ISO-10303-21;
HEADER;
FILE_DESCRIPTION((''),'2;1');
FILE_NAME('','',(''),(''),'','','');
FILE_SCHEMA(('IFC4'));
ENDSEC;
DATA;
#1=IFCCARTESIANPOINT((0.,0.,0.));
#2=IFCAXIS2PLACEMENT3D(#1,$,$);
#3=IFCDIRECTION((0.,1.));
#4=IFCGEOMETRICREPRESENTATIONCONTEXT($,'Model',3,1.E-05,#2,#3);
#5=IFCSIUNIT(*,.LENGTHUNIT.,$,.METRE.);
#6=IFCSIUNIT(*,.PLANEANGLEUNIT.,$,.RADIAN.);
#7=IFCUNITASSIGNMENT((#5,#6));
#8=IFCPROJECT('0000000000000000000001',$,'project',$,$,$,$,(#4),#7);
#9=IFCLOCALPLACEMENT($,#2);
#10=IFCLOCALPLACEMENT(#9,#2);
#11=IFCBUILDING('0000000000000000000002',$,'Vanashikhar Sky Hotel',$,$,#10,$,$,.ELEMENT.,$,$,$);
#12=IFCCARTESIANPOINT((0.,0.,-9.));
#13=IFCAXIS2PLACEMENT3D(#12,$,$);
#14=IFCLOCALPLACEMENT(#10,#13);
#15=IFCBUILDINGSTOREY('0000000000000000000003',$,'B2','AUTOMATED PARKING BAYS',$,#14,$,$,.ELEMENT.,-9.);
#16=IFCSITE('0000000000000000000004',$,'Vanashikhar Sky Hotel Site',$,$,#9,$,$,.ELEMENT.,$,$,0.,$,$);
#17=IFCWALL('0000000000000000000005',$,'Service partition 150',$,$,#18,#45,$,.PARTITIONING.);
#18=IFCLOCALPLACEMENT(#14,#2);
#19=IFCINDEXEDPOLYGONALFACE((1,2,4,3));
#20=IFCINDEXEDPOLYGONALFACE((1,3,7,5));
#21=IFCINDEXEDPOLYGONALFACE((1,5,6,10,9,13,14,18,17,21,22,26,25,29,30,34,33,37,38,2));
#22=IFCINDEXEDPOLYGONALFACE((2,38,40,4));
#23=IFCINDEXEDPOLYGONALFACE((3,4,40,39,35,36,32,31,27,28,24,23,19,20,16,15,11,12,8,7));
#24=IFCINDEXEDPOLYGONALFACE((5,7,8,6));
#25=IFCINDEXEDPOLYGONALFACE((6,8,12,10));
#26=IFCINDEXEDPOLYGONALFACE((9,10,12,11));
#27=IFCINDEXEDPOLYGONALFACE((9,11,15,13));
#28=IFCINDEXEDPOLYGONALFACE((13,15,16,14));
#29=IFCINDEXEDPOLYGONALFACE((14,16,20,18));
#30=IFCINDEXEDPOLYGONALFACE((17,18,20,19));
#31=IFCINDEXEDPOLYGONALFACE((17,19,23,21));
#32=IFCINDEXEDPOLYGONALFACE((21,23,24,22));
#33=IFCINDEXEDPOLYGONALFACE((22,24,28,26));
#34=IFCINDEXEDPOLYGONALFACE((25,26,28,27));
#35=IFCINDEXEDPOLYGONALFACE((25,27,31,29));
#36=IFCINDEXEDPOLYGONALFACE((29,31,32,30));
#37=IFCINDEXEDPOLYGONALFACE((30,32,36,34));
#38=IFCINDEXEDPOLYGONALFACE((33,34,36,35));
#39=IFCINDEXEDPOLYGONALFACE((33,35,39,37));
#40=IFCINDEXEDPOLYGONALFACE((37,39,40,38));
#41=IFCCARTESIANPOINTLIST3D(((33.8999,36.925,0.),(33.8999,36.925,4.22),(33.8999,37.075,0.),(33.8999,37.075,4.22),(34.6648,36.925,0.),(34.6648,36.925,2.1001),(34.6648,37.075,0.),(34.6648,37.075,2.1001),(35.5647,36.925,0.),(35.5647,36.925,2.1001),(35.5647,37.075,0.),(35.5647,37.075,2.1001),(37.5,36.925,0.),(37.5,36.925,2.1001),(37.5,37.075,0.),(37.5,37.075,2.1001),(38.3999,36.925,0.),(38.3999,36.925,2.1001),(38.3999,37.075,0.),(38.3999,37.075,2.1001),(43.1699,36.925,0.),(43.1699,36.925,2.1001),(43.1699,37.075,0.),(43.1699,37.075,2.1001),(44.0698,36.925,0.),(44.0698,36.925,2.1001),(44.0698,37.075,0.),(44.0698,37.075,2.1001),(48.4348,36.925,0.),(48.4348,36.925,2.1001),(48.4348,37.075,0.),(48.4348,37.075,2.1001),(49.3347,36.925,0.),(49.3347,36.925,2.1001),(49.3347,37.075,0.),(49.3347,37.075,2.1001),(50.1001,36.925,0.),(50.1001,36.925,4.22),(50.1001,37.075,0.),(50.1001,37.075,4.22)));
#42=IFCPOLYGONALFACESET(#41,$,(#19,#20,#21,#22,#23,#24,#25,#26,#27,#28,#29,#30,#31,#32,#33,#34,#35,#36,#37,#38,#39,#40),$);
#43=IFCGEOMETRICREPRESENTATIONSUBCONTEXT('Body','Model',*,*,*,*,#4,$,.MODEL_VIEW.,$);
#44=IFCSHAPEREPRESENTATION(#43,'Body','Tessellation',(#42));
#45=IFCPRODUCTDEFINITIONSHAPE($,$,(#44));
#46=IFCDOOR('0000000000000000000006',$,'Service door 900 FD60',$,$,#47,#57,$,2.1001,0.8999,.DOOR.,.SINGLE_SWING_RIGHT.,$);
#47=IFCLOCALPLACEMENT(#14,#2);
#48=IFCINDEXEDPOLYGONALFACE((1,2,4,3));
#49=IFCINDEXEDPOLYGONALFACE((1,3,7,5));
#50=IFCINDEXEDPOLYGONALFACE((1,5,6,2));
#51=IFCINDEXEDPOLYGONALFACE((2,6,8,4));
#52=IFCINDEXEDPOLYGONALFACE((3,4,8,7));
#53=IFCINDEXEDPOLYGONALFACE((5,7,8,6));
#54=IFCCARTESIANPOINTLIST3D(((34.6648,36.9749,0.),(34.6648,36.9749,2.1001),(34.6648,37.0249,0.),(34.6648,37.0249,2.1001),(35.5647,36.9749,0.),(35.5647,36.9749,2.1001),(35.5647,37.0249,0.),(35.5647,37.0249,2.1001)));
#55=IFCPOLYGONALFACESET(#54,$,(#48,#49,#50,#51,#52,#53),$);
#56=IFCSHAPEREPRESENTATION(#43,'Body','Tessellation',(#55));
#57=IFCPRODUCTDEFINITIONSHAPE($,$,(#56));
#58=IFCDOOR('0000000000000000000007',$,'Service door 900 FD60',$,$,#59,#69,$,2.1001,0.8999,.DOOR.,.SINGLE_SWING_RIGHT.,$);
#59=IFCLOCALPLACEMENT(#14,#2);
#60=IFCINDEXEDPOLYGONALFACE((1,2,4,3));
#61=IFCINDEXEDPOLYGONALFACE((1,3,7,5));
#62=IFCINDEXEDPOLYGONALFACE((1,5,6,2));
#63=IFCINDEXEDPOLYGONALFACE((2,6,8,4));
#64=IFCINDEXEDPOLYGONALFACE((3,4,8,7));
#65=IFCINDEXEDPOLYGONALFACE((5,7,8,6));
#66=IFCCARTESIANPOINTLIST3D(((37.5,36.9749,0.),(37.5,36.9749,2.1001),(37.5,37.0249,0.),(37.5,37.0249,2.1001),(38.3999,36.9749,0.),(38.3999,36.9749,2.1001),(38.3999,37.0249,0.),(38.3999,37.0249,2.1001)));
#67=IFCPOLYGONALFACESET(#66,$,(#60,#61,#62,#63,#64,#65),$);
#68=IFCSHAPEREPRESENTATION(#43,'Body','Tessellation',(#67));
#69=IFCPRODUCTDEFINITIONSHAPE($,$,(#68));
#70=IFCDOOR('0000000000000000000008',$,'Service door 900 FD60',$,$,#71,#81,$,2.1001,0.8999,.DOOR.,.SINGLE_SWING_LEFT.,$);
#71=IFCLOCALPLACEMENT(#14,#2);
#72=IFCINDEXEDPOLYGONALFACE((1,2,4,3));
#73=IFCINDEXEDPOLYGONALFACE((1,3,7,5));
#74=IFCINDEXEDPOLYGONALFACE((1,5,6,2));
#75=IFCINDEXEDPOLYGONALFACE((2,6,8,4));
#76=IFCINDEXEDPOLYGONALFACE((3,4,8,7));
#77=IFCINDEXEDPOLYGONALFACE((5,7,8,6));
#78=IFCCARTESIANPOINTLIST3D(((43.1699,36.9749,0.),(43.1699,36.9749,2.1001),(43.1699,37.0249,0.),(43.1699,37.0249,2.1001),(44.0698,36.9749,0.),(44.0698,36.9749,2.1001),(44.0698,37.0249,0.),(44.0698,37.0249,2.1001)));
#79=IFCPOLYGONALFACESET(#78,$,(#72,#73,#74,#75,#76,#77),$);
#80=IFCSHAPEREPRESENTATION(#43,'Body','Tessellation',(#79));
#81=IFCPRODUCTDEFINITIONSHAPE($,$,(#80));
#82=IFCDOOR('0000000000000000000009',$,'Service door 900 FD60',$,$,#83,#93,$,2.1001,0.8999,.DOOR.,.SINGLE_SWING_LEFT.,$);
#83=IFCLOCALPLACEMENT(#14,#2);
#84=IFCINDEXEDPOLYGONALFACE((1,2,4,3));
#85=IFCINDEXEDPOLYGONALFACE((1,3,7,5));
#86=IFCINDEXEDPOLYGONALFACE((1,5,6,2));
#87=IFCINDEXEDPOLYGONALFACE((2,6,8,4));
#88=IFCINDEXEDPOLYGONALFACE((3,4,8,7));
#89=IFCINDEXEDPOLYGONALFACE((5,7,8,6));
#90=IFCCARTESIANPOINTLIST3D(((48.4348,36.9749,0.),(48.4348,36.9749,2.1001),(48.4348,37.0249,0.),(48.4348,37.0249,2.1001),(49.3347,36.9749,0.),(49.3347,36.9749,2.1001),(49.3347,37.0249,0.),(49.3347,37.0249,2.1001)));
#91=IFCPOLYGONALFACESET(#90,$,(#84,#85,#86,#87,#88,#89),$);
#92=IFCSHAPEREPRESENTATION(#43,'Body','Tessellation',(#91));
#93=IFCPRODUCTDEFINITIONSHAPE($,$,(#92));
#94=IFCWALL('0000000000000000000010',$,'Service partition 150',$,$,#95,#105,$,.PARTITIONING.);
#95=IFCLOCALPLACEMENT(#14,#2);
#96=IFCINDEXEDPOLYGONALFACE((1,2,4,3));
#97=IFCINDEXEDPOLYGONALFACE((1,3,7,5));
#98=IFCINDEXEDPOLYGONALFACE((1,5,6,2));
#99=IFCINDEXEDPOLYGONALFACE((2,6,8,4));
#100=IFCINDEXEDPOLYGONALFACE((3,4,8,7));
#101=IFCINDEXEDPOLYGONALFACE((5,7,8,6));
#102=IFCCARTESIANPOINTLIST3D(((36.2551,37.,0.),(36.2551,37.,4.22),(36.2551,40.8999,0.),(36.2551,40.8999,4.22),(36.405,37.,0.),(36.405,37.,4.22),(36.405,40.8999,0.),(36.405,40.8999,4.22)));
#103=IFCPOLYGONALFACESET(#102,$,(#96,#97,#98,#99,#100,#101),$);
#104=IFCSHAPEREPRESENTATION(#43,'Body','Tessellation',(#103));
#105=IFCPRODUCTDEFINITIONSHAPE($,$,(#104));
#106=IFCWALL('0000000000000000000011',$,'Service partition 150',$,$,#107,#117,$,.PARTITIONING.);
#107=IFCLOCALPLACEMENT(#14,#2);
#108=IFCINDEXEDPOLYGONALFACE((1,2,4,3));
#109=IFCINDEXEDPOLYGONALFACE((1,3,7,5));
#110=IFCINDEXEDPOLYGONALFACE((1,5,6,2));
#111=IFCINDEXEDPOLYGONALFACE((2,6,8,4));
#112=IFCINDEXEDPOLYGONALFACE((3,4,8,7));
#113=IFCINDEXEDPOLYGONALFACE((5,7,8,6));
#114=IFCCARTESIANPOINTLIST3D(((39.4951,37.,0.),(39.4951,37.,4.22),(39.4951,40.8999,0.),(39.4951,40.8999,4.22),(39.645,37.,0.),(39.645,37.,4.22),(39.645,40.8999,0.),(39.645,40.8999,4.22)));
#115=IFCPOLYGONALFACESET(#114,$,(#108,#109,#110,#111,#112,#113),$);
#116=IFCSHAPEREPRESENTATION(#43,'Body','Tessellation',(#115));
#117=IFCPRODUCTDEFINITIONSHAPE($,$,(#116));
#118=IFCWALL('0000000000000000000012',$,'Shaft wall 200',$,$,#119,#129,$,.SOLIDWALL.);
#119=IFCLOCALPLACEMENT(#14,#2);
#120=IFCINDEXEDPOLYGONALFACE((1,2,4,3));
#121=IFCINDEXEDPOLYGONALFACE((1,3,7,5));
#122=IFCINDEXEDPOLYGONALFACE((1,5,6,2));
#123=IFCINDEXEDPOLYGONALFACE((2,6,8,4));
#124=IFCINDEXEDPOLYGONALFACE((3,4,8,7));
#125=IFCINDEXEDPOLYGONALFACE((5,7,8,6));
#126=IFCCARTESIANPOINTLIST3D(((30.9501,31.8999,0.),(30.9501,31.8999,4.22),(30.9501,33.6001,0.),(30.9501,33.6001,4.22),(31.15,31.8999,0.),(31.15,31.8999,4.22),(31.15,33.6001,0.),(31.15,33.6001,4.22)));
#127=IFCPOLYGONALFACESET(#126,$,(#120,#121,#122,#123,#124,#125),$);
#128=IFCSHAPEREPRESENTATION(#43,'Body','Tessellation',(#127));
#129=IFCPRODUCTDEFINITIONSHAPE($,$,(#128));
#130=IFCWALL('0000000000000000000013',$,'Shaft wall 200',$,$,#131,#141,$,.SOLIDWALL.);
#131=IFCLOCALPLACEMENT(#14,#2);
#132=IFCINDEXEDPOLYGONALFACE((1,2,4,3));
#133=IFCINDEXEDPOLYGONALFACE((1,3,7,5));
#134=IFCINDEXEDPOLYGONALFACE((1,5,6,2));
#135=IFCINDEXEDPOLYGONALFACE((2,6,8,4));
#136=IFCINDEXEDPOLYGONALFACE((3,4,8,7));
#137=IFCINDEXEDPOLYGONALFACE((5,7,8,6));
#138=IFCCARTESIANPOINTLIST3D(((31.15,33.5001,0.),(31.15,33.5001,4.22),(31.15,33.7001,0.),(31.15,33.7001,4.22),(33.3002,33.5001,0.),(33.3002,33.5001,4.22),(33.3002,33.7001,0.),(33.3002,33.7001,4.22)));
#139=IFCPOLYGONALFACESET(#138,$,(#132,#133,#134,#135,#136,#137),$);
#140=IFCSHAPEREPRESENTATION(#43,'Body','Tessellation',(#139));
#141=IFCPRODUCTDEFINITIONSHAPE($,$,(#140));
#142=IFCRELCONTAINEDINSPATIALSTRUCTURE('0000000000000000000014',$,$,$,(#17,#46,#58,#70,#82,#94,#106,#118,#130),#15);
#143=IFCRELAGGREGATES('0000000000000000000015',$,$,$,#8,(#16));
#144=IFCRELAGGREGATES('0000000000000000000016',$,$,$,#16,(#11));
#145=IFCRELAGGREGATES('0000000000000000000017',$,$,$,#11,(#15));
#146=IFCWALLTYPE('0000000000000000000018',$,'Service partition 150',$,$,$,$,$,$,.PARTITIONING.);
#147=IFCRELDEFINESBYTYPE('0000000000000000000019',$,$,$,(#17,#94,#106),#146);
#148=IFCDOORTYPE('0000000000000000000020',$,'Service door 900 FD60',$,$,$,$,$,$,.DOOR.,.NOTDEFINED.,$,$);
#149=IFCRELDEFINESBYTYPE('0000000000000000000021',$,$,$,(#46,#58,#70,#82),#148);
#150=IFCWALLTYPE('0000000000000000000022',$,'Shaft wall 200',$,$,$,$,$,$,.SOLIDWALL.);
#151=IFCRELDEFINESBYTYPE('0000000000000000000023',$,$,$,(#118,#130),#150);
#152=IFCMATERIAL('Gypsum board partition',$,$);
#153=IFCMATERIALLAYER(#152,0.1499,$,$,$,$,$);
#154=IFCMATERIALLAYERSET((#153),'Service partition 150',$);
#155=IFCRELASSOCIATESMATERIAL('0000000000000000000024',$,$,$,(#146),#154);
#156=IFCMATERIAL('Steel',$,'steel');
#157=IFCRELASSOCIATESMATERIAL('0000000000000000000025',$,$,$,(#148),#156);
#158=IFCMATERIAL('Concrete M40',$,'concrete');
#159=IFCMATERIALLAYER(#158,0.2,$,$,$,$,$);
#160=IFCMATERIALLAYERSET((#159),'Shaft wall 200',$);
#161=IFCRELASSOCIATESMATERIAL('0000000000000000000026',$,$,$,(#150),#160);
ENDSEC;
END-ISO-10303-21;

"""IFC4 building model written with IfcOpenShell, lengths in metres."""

from ifc_helpers import new_model, si_unit, direction, frame, frame_2d, origin, place, context, subcontext, project, spatial, rectangle, extrude, source, transform, mapped, material, layer, layer_set, type_object, element, fill, save


model = new_model("IFC4")

# Units and contexts
model_context = context("Model", 3, precision=1e-05, world=origin(), true_north=direction((0.0, 1.0)))
body_context = subcontext(model_context, "Body", "Model", "MODEL_VIEW")
ifc_project = project(units=[si_unit("LENGTHUNIT", "METRE"), si_unit("PLANEANGLEUNIT", "RADIAN")], contexts=[model_context])

# Site, building, storey
site_placement = place(None, origin())
site = spatial("IfcSite", under=ifc_project, at=site_placement, Name="Vanashikhar Sky Hotel Site", CompositionType="ELEMENT", RefElevation=0.0)
building_placement = place(site_placement, origin())
building = spatial("IfcBuilding", under=site, at=building_placement, Name="Vanashikhar Sky Hotel", CompositionType="ELEMENT")
storey_placement = place(building_placement, frame((0.0, 0.0, -9.0)))
storey = spatial("IfcBuildingStorey", under=building, at=storey_placement, Name="B2", Description="AUTOMATED PARKING BAYS", CompositionType="ELEMENT", Elevation=-9.0)

# Shared definitions
ifc_material_1 = material(Name="Gypsum board partition")
ifc_layer_1 = layer(ifc_material_1, 0.1499)
ifc_layer_set_1 = layer_set([ifc_layer_1], Name="Service partition 150")
wall_type_1 = type_object("IfcWallType", Name="Service partition 150", PredefinedType="PARTITIONING", material=ifc_layer_set_1)
shared_shape_1 = source(origin(), body_context, "Body", "SweptSolid", [
    extrude(rectangle(XDim=0.8999, YDim=2.1001, at=frame_2d((0.45, 1.05))), frame((0.0, 0.085, 0.0), z_axis=(0.0, -1.0, 0.0), x_axis=(1.0, 0.0, 0.0)), (0.0, 0.0, 1.0), 0.1699),
])
ifc_material_2 = material(Name="Steel", Category="steel")
door_type_1 = type_object("IfcDoorType", Name="Service door 900 FD60", OperationType="NOTDEFINED", PredefinedType="DOOR", material=ifc_material_2)
shared_shape_2 = source(origin(), body_context, "Body", "SweptSolid", [
    extrude(rectangle(XDim=0.8999, YDim=2.1001, at=frame_2d((0.45, 1.05))), frame((0.0, 0.0249, 0.0), z_axis=(0.0, -1.0, 0.0), x_axis=(1.0, 0.0, 0.0)), (0.0, 0.0, 1.0), 0.05),
])

# Wall, openings, doors
shared_shape_3 = source(origin(), body_context, "Body", "SweptSolid", [
    extrude(rectangle(XDim=16.2002, YDim=0.1499, at=frame_2d((8.1001, 0.0))), origin(), (0.0, 0.0, 1.0), 4.22),
])
wall_1_placement = place(storey_placement, frame((33.8999, 37.0, 0.0), z_axis=(0.0, 0.0, 1.0), x_axis=(1.0, 0.0, 0.0)))
wall_1 = element("IfcWall", 1, at=wall_1_placement, inside=storey, type_object=wall_type_1, Name="Service partition 150", PredefinedType="PARTITIONING", context=body_context, shape_type="MappedRepresentation", body=[
    mapped(shared_shape_3, transform((0.0, 0.0, 0.0), scale=1.0)),
])
opening_1_placement = place(wall_1_placement, frame((0.7649, 0.0, 0.0)))
opening_1 = element("IfcOpeningElement", 2, at=opening_1_placement, cuts=wall_1, PredefinedType="OPENING", context=body_context, shape_type="MappedRepresentation", body=[
    mapped(shared_shape_1, transform((0.0, 0.0, 0.0), scale=1.0)),
])
opening_2_placement = place(wall_1_placement, frame((3.6001, 0.0, 0.0)))
opening_2 = element("IfcOpeningElement", 3, at=opening_2_placement, cuts=wall_1, PredefinedType="OPENING", context=body_context, shape_type="MappedRepresentation", body=[
    mapped(shared_shape_1, transform((0.0, 0.0, 0.0), scale=1.0)),
])
opening_3_placement = place(wall_1_placement, frame((9.27, 0.0, 0.0)))
opening_3 = element("IfcOpeningElement", 4, at=opening_3_placement, cuts=wall_1, PredefinedType="OPENING", context=body_context, shape_type="MappedRepresentation", body=[
    mapped(shared_shape_1, transform((0.0, 0.0, 0.0), scale=1.0)),
])
opening_4_placement = place(wall_1_placement, frame((14.5349, 0.0, 0.0)))
opening_4 = element("IfcOpeningElement", 5, at=opening_4_placement, cuts=wall_1, PredefinedType="OPENING", context=body_context, shape_type="MappedRepresentation", body=[
    mapped(shared_shape_1, transform((0.0, 0.0, 0.0), scale=1.0)),
])
door_1_placement = place(opening_1_placement, origin())
door_1 = element("IfcDoor", 6, at=door_1_placement, inside=storey, type_object=door_type_1, Name="Service door 900 FD60", OperationType="SINGLE_SWING_RIGHT", OverallHeight=2.1001, OverallWidth=0.8999, PredefinedType="DOOR", context=body_context, shape_type="MappedRepresentation", body=[
    mapped(shared_shape_2, transform((0.0, 0.0, 0.0), scale=1.0)),
])
fill(opening_1, door_1)
door_2_placement = place(opening_2_placement, origin())
door_2 = element("IfcDoor", 7, at=door_2_placement, inside=storey, type_object=door_type_1, Name="Service door 900 FD60", OperationType="SINGLE_SWING_RIGHT", OverallHeight=2.1001, OverallWidth=0.8999, PredefinedType="DOOR", context=body_context, shape_type="MappedRepresentation", body=[
    mapped(shared_shape_2, transform((0.0, 0.0, 0.0), scale=1.0)),
])
fill(opening_2, door_2)
door_3_placement = place(opening_3_placement, origin())
door_3 = element("IfcDoor", 8, at=door_3_placement, inside=storey, type_object=door_type_1, Name="Service door 900 FD60", OperationType="SINGLE_SWING_LEFT", OverallHeight=2.1001, OverallWidth=0.8999, PredefinedType="DOOR", context=body_context, shape_type="MappedRepresentation", body=[
    mapped(shared_shape_2, transform((0.0, 0.0, 0.0), scale=1.0)),
])
fill(opening_3, door_3)
door_4_placement = place(opening_4_placement, origin())
door_4 = element("IfcDoor", 9, at=door_4_placement, inside=storey, type_object=door_type_1, Name="Service door 900 FD60", OperationType="SINGLE_SWING_LEFT", OverallHeight=2.1001, OverallWidth=0.8999, PredefinedType="DOOR", context=body_context, shape_type="MappedRepresentation", body=[
    mapped(shared_shape_2, transform((0.0, 0.0, 0.0), scale=1.0)),
])
fill(opening_4, door_4)

# Walls
shared_shape_4 = source(origin(), body_context, "Body", "SweptSolid", [
    extrude(rectangle(XDim=3.8999, YDim=0.1499, at=frame_2d((1.95, 0.0))), origin(), (0.0, 0.0, 1.0), 4.22),
])
for number, where, z_axis, x_axis, name in (
    (10, (36.3301, 37.0, 0.0), (0.0, 0.0, 1.0), (0.0, 1.0, 0.0), "Service partition 150"),
    (11, (39.5701, 37.0, 0.0), (0.0, 0.0, 1.0), (0.0, 1.0, 0.0), "Service partition 150"),
):
    element("IfcWall", number, at=place(storey_placement, frame(where, z_axis=z_axis, x_axis=x_axis)), inside=storey, type_object=wall_type_1, Name=name, PredefinedType="PARTITIONING", context=body_context, shape_type="MappedRepresentation", body=[
        mapped(shared_shape_4, transform((0.0, 0.0, 0.0), scale=1.0)),
    ])
ifc_material_3 = material(Name="Concrete M40", Category="concrete")
ifc_layer_2 = layer(ifc_material_3, 0.2)
ifc_layer_set_2 = layer_set([ifc_layer_2], Name="Shaft wall 200")
wall_type_2 = type_object("IfcWallType", Name="Shaft wall 200", PredefinedType="SOLIDWALL", material=ifc_layer_set_2)
shared_shape_5 = source(origin(), body_context, "Body", "SweptSolid", [
    extrude(rectangle(XDim=1.7002, YDim=0.2, at=frame_2d((0.8501, 0.0))), origin(), (0.0, 0.0, 1.0), 4.22),
])
wall_2_placement = place(storey_placement, frame((31.05, 31.8999, 0.0), z_axis=(0.0, 0.0, 1.0), x_axis=(0.0, 1.0, 0.0)))
element("IfcWall", 12, at=wall_2_placement, inside=storey, type_object=wall_type_2, Name="Shaft wall 200", PredefinedType="SOLIDWALL", context=body_context, shape_type="MappedRepresentation", body=[
    mapped(shared_shape_5, transform((0.0, 0.0, 0.0), scale=1.0)),
])
shared_shape_6 = source(origin(), body_context, "Body", "SweptSolid", [
    extrude(rectangle(XDim=2.1501, YDim=0.2, at=frame_2d((1.0752, 0.0))), origin(), (0.0, 0.0, 1.0), 4.22),
])
wall_3_placement = place(storey_placement, frame((31.1499, 33.6001, 0.0), z_axis=(0.0, 0.0, 1.0), x_axis=(1.0, 0.0, 0.0)))
element("IfcWall", 13, at=wall_3_placement, inside=storey, type_object=wall_type_2, Name="Shaft wall 200", PredefinedType="SOLIDWALL", context=body_context, shape_type="MappedRepresentation", body=[
    mapped(shared_shape_6, transform((0.0, 0.0, 0.0), scale=1.0)),
])

save(model, "model.ifc")
